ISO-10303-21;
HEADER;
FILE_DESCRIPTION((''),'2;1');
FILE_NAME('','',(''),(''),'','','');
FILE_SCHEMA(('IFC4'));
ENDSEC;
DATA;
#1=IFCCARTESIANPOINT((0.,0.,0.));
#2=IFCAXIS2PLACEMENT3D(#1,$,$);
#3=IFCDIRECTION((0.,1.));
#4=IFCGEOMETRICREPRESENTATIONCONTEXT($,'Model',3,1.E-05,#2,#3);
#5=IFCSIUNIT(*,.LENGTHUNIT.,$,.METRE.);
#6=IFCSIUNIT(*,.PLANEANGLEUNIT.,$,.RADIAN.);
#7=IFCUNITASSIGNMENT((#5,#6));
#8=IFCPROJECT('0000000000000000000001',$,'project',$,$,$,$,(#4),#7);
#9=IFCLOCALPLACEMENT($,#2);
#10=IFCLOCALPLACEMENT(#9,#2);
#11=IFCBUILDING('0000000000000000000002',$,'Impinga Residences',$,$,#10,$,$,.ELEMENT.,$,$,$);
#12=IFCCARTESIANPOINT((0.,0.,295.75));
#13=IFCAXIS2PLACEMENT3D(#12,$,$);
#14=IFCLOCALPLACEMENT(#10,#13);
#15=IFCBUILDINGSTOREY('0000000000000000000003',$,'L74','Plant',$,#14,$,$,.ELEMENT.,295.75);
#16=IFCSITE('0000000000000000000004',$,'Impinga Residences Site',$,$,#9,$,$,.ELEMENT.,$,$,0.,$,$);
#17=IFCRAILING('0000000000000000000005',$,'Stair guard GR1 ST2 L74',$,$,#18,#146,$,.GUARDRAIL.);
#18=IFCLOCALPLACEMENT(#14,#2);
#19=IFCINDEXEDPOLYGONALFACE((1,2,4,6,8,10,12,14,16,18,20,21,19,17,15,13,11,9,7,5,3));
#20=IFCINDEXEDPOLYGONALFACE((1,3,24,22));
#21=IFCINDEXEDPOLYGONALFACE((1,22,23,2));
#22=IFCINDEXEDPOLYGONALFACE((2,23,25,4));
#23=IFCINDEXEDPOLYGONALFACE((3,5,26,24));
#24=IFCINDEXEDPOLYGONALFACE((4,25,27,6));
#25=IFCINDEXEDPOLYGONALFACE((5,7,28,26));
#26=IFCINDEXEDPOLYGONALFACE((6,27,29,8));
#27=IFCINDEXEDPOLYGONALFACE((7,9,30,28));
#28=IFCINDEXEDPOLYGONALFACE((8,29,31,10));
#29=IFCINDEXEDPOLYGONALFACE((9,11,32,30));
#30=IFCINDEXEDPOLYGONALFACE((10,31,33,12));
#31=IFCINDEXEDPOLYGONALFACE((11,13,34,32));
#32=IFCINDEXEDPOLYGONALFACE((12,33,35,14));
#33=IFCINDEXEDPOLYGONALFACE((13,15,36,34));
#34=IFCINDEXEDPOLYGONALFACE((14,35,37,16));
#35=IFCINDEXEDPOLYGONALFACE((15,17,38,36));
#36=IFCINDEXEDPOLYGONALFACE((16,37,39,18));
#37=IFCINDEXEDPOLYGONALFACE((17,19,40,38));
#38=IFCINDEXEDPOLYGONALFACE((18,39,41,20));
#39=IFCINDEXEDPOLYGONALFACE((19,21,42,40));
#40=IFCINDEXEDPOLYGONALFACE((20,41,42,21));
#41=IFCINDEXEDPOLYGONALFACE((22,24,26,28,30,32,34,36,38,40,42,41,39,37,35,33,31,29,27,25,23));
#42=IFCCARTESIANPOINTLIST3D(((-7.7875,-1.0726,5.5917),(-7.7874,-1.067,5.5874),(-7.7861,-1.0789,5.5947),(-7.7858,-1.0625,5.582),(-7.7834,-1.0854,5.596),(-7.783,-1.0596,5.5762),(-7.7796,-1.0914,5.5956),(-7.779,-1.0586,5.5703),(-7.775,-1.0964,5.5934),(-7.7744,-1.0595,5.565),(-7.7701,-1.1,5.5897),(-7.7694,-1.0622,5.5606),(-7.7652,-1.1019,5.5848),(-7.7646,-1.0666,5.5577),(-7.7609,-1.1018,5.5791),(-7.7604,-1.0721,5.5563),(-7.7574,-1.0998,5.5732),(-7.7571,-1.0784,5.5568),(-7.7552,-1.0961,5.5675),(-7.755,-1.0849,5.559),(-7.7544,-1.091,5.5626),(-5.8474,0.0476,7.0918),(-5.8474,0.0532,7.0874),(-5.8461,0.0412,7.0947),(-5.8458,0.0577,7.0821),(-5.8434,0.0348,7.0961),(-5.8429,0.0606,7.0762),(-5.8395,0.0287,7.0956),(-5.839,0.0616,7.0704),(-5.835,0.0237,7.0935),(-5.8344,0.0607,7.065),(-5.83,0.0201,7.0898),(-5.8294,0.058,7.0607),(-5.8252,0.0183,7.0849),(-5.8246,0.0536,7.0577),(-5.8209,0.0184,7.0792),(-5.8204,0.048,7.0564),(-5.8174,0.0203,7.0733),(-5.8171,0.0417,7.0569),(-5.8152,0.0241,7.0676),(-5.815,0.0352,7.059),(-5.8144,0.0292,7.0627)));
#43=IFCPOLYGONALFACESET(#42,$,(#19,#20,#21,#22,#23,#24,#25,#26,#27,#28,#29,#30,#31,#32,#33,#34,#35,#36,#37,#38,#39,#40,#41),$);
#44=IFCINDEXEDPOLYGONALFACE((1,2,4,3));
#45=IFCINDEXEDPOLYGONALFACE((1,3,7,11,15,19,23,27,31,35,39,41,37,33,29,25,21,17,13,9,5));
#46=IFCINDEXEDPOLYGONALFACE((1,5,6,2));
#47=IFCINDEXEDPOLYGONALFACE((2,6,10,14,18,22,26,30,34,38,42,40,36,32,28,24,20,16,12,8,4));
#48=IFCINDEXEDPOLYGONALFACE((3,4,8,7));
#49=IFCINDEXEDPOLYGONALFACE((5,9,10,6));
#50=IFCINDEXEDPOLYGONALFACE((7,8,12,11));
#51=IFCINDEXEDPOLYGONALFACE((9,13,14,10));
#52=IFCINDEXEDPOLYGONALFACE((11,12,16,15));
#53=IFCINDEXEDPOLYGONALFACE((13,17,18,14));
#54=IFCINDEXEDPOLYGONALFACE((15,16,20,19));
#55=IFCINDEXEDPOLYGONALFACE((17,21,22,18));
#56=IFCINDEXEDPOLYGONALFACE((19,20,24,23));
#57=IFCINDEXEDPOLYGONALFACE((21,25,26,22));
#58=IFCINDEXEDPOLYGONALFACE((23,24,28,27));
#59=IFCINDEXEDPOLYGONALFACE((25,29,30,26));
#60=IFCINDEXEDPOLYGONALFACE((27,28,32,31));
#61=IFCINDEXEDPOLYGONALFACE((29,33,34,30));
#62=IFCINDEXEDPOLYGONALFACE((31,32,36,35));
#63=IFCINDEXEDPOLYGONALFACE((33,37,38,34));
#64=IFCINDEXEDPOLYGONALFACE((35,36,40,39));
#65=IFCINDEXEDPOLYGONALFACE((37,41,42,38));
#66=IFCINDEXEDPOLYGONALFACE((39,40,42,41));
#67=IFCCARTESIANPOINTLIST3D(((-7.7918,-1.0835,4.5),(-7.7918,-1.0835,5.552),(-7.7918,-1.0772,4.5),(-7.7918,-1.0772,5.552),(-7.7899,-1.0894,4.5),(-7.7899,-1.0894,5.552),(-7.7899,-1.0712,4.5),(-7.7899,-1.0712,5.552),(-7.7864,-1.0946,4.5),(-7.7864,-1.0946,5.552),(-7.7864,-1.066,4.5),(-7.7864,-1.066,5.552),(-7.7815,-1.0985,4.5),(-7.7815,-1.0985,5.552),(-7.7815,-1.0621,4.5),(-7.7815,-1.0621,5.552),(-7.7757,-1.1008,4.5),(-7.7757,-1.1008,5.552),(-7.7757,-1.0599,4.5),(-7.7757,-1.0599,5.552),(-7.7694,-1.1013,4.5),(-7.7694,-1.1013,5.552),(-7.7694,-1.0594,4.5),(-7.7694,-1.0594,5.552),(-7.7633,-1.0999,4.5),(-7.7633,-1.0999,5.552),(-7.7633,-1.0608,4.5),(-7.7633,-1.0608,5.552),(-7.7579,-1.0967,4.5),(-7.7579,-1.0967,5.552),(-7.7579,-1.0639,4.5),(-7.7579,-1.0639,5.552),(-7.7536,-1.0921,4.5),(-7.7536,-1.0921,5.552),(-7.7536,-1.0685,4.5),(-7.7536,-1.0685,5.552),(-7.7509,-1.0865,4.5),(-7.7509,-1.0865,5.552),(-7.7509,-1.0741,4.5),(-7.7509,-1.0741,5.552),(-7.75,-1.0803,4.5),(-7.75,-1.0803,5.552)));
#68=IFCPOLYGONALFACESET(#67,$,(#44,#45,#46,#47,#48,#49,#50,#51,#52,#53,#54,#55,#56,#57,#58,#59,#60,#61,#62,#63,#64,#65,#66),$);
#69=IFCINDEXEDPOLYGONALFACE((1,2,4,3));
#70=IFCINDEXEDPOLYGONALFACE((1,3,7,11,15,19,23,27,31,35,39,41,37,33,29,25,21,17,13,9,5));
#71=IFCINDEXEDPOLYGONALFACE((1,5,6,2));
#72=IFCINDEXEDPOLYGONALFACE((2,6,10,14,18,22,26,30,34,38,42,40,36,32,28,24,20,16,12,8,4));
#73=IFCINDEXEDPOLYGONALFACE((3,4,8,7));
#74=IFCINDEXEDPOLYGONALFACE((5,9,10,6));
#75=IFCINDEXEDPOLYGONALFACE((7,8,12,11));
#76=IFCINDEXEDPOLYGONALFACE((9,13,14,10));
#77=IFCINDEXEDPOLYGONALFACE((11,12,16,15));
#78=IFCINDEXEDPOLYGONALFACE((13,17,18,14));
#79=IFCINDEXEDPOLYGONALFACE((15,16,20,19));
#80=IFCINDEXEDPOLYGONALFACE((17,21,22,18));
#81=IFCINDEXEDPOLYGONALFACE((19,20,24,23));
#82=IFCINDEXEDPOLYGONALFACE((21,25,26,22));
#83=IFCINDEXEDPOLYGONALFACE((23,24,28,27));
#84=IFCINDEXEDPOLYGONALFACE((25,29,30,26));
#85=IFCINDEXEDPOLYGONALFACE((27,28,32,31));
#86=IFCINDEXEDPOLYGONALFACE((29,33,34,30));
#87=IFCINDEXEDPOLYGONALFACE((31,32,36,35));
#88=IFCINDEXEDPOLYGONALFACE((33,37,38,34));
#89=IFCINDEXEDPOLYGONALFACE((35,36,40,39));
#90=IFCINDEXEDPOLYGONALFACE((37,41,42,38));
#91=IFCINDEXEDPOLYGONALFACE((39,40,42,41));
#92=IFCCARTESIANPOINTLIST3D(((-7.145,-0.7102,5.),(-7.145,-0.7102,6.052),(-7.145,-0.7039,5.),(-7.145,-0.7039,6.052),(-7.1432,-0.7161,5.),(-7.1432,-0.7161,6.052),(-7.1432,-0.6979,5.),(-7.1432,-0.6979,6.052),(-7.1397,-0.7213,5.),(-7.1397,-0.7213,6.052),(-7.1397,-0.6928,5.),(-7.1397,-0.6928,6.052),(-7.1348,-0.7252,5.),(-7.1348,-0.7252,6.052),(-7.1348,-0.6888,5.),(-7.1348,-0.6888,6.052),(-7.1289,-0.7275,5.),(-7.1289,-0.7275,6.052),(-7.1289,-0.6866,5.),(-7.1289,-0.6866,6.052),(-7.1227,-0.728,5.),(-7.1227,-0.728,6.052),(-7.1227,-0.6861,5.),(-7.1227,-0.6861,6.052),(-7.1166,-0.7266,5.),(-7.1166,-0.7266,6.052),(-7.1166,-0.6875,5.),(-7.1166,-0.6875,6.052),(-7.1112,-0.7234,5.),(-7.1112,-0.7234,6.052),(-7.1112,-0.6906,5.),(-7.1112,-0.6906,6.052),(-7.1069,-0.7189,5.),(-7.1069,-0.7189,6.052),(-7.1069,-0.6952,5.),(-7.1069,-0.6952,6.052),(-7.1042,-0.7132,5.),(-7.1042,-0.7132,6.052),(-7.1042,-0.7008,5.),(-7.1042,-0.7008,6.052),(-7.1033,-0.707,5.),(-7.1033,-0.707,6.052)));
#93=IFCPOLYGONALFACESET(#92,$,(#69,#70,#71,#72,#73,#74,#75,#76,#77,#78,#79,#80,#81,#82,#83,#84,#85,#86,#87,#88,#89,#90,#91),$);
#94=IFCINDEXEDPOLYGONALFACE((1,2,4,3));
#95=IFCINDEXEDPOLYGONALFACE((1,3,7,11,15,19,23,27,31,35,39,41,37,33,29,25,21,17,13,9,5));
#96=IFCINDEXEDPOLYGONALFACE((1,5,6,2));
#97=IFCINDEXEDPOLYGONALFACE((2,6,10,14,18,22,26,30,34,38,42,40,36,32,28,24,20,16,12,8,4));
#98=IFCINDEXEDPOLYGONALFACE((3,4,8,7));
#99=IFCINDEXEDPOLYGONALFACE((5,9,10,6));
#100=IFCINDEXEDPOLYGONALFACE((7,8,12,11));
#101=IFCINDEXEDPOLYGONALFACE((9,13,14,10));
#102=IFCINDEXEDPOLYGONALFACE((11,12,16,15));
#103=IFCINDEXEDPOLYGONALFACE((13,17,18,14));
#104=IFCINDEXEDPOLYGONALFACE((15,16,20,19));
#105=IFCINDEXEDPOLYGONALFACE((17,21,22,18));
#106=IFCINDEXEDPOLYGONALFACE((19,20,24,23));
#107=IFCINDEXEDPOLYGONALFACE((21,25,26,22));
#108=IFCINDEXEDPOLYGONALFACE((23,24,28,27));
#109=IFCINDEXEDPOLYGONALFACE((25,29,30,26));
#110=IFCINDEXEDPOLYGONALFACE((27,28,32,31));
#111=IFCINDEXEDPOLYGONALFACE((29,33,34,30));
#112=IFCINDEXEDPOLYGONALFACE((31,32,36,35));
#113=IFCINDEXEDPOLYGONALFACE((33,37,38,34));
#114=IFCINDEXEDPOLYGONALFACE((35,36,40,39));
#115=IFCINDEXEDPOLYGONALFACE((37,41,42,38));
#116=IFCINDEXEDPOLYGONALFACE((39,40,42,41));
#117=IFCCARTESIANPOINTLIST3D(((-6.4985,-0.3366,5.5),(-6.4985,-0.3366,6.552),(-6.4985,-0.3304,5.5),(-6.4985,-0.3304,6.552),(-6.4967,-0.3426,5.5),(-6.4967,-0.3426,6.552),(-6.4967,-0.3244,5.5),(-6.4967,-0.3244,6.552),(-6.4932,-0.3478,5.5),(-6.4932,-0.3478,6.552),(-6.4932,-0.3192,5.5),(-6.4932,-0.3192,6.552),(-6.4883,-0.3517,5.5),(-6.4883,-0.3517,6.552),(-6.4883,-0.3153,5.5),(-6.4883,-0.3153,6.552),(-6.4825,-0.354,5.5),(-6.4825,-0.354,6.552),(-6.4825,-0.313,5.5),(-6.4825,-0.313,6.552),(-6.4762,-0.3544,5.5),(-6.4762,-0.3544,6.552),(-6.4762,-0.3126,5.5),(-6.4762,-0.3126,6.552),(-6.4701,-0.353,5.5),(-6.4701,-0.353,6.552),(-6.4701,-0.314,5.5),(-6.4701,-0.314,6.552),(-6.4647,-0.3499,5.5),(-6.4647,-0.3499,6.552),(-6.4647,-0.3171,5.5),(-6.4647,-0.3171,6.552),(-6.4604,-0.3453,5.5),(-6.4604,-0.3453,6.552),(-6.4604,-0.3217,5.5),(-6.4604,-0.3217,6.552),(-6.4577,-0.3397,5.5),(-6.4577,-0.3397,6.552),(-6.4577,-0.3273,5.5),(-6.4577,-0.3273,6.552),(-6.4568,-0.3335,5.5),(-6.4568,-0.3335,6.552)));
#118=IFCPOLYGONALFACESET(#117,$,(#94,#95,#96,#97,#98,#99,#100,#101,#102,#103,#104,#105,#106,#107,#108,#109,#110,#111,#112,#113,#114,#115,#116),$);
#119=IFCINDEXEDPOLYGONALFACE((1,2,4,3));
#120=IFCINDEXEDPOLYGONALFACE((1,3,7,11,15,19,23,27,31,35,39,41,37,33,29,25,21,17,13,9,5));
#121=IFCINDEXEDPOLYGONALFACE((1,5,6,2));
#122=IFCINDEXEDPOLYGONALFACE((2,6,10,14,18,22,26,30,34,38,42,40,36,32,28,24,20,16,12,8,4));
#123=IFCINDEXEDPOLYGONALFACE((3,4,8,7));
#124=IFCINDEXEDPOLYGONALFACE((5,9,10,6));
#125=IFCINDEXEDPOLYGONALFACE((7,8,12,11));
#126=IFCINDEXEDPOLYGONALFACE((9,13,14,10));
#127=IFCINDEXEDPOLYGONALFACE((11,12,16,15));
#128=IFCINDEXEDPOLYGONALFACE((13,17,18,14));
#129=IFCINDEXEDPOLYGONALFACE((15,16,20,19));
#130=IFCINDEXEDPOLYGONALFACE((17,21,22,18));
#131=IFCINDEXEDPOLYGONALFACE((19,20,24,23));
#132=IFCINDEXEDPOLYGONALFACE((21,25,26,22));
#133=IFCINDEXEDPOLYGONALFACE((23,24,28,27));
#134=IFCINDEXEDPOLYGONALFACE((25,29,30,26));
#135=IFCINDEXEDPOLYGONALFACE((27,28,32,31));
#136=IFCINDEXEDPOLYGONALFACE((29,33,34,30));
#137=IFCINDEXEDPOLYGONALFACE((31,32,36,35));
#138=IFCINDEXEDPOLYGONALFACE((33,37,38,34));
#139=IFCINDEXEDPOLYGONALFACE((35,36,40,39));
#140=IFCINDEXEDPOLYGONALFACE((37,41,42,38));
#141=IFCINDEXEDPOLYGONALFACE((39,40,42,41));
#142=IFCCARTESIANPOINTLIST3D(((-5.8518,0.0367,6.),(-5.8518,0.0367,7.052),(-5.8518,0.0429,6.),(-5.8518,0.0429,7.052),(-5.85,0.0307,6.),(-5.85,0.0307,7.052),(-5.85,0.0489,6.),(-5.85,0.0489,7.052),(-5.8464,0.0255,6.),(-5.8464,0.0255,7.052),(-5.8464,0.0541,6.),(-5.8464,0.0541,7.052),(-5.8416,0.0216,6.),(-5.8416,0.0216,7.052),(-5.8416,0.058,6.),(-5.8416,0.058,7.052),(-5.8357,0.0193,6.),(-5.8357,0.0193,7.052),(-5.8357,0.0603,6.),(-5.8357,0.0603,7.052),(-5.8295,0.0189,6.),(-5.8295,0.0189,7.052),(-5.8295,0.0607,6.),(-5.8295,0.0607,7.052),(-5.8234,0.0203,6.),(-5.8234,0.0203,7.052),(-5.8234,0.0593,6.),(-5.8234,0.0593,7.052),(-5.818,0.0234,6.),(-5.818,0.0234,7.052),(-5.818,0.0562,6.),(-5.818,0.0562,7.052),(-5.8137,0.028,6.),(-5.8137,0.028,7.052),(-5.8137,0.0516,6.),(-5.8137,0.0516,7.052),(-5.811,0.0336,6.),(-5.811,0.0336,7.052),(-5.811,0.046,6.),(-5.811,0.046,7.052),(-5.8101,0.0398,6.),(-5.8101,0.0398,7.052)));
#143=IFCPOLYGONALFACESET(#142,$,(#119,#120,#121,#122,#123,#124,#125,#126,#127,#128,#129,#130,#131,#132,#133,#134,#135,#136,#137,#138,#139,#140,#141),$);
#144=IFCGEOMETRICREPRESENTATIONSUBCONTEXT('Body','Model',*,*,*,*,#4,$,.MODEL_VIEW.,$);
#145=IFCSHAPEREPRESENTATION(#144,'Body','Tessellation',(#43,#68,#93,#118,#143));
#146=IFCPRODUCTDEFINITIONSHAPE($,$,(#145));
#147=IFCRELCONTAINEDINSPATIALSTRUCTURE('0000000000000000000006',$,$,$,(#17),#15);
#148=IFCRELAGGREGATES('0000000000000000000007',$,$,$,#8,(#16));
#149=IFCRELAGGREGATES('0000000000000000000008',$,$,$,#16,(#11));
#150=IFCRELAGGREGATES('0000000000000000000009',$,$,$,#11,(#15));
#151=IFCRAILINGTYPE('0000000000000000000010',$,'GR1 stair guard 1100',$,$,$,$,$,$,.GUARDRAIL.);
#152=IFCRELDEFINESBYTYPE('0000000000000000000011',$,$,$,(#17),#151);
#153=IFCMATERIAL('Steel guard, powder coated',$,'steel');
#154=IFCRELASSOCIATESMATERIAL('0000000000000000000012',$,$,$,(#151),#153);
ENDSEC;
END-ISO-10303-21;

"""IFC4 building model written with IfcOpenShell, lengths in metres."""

from ifc_helpers import new_model, si_unit, direction, frame, origin, origin_2d, place, context, subcontext, project, spatial, circle, extrude, material, type_object, element, save


model = new_model("IFC4")

# Units and contexts
model_context = context("Model", 3, precision=1e-05, world=origin(), true_north=direction((0.0, 1.0)))
body_context = subcontext(model_context, "Body", "Model", "MODEL_VIEW")
ifc_project = project(units=[si_unit("LENGTHUNIT", "METRE"), si_unit("PLANEANGLEUNIT", "RADIAN")], contexts=[model_context])

# Site, building, storey
site_placement = place(None, origin())
site = spatial("IfcSite", under=ifc_project, at=site_placement, Name="Impinga Residences Site", CompositionType="ELEMENT", RefElevation=0.0)
building_placement = place(site_placement, origin())
building = spatial("IfcBuilding", under=site, at=building_placement, Name="Impinga Residences", CompositionType="ELEMENT")
storey_placement = place(building_placement, frame((0.0, 0.0, 295.75)))
storey = spatial("IfcBuildingStorey", under=building, at=storey_placement, Name="L74", Description="Plant", CompositionType="ELEMENT", Elevation=295.75)

# Railing
ifc_material_1 = material(Name="Steel guard, powder coated", Category="steel")
railing_type_1 = type_object("IfcRailingType", Name="GR1 stair guard 1100", PredefinedType="GUARDRAIL", material=ifc_material_1)
for number, where, name in (
    (1, (-7.771, -1.0803, 4.5), "Stair guard GR1 ST2 L74"),
):
    element("IfcRailing", number, at=place(storey_placement, frame(where)), inside=storey, type_object=railing_type_1, Name=name, PredefinedType="GUARDRAIL", context=body_context, shape_type="SweptSolid", body=[
        extrude(circle(Radius=0.0239, at=origin_2d()), frame((0.0, 0.0, 1.0762), z_axis=(0.719582, 0.415485, 0.556394), x_axis=(-0.500031, 0.866008, 0.0)), (0.0, 0.0, 1.0), 2.696),
        extrude(circle(Radius=0.021, at=origin_2d()), origin(), (0.0, 0.0, 1.0), 1.052),
        extrude(circle(Radius=0.021, at=origin_2d()), frame((0.6467, 0.3733, 0.5)), (0.0, 0.0, 1.0), 1.052),
        extrude(circle(Radius=0.021, at=origin_2d()), frame((1.2932, 0.7468, 1.0)), (0.0, 0.0, 1.0), 1.052),
        extrude(circle(Radius=0.021, at=origin_2d()), frame((1.9399, 1.1201, 1.5)), (0.0, 0.0, 1.0), 1.052),
    ])

save(model, "model.ifc")
